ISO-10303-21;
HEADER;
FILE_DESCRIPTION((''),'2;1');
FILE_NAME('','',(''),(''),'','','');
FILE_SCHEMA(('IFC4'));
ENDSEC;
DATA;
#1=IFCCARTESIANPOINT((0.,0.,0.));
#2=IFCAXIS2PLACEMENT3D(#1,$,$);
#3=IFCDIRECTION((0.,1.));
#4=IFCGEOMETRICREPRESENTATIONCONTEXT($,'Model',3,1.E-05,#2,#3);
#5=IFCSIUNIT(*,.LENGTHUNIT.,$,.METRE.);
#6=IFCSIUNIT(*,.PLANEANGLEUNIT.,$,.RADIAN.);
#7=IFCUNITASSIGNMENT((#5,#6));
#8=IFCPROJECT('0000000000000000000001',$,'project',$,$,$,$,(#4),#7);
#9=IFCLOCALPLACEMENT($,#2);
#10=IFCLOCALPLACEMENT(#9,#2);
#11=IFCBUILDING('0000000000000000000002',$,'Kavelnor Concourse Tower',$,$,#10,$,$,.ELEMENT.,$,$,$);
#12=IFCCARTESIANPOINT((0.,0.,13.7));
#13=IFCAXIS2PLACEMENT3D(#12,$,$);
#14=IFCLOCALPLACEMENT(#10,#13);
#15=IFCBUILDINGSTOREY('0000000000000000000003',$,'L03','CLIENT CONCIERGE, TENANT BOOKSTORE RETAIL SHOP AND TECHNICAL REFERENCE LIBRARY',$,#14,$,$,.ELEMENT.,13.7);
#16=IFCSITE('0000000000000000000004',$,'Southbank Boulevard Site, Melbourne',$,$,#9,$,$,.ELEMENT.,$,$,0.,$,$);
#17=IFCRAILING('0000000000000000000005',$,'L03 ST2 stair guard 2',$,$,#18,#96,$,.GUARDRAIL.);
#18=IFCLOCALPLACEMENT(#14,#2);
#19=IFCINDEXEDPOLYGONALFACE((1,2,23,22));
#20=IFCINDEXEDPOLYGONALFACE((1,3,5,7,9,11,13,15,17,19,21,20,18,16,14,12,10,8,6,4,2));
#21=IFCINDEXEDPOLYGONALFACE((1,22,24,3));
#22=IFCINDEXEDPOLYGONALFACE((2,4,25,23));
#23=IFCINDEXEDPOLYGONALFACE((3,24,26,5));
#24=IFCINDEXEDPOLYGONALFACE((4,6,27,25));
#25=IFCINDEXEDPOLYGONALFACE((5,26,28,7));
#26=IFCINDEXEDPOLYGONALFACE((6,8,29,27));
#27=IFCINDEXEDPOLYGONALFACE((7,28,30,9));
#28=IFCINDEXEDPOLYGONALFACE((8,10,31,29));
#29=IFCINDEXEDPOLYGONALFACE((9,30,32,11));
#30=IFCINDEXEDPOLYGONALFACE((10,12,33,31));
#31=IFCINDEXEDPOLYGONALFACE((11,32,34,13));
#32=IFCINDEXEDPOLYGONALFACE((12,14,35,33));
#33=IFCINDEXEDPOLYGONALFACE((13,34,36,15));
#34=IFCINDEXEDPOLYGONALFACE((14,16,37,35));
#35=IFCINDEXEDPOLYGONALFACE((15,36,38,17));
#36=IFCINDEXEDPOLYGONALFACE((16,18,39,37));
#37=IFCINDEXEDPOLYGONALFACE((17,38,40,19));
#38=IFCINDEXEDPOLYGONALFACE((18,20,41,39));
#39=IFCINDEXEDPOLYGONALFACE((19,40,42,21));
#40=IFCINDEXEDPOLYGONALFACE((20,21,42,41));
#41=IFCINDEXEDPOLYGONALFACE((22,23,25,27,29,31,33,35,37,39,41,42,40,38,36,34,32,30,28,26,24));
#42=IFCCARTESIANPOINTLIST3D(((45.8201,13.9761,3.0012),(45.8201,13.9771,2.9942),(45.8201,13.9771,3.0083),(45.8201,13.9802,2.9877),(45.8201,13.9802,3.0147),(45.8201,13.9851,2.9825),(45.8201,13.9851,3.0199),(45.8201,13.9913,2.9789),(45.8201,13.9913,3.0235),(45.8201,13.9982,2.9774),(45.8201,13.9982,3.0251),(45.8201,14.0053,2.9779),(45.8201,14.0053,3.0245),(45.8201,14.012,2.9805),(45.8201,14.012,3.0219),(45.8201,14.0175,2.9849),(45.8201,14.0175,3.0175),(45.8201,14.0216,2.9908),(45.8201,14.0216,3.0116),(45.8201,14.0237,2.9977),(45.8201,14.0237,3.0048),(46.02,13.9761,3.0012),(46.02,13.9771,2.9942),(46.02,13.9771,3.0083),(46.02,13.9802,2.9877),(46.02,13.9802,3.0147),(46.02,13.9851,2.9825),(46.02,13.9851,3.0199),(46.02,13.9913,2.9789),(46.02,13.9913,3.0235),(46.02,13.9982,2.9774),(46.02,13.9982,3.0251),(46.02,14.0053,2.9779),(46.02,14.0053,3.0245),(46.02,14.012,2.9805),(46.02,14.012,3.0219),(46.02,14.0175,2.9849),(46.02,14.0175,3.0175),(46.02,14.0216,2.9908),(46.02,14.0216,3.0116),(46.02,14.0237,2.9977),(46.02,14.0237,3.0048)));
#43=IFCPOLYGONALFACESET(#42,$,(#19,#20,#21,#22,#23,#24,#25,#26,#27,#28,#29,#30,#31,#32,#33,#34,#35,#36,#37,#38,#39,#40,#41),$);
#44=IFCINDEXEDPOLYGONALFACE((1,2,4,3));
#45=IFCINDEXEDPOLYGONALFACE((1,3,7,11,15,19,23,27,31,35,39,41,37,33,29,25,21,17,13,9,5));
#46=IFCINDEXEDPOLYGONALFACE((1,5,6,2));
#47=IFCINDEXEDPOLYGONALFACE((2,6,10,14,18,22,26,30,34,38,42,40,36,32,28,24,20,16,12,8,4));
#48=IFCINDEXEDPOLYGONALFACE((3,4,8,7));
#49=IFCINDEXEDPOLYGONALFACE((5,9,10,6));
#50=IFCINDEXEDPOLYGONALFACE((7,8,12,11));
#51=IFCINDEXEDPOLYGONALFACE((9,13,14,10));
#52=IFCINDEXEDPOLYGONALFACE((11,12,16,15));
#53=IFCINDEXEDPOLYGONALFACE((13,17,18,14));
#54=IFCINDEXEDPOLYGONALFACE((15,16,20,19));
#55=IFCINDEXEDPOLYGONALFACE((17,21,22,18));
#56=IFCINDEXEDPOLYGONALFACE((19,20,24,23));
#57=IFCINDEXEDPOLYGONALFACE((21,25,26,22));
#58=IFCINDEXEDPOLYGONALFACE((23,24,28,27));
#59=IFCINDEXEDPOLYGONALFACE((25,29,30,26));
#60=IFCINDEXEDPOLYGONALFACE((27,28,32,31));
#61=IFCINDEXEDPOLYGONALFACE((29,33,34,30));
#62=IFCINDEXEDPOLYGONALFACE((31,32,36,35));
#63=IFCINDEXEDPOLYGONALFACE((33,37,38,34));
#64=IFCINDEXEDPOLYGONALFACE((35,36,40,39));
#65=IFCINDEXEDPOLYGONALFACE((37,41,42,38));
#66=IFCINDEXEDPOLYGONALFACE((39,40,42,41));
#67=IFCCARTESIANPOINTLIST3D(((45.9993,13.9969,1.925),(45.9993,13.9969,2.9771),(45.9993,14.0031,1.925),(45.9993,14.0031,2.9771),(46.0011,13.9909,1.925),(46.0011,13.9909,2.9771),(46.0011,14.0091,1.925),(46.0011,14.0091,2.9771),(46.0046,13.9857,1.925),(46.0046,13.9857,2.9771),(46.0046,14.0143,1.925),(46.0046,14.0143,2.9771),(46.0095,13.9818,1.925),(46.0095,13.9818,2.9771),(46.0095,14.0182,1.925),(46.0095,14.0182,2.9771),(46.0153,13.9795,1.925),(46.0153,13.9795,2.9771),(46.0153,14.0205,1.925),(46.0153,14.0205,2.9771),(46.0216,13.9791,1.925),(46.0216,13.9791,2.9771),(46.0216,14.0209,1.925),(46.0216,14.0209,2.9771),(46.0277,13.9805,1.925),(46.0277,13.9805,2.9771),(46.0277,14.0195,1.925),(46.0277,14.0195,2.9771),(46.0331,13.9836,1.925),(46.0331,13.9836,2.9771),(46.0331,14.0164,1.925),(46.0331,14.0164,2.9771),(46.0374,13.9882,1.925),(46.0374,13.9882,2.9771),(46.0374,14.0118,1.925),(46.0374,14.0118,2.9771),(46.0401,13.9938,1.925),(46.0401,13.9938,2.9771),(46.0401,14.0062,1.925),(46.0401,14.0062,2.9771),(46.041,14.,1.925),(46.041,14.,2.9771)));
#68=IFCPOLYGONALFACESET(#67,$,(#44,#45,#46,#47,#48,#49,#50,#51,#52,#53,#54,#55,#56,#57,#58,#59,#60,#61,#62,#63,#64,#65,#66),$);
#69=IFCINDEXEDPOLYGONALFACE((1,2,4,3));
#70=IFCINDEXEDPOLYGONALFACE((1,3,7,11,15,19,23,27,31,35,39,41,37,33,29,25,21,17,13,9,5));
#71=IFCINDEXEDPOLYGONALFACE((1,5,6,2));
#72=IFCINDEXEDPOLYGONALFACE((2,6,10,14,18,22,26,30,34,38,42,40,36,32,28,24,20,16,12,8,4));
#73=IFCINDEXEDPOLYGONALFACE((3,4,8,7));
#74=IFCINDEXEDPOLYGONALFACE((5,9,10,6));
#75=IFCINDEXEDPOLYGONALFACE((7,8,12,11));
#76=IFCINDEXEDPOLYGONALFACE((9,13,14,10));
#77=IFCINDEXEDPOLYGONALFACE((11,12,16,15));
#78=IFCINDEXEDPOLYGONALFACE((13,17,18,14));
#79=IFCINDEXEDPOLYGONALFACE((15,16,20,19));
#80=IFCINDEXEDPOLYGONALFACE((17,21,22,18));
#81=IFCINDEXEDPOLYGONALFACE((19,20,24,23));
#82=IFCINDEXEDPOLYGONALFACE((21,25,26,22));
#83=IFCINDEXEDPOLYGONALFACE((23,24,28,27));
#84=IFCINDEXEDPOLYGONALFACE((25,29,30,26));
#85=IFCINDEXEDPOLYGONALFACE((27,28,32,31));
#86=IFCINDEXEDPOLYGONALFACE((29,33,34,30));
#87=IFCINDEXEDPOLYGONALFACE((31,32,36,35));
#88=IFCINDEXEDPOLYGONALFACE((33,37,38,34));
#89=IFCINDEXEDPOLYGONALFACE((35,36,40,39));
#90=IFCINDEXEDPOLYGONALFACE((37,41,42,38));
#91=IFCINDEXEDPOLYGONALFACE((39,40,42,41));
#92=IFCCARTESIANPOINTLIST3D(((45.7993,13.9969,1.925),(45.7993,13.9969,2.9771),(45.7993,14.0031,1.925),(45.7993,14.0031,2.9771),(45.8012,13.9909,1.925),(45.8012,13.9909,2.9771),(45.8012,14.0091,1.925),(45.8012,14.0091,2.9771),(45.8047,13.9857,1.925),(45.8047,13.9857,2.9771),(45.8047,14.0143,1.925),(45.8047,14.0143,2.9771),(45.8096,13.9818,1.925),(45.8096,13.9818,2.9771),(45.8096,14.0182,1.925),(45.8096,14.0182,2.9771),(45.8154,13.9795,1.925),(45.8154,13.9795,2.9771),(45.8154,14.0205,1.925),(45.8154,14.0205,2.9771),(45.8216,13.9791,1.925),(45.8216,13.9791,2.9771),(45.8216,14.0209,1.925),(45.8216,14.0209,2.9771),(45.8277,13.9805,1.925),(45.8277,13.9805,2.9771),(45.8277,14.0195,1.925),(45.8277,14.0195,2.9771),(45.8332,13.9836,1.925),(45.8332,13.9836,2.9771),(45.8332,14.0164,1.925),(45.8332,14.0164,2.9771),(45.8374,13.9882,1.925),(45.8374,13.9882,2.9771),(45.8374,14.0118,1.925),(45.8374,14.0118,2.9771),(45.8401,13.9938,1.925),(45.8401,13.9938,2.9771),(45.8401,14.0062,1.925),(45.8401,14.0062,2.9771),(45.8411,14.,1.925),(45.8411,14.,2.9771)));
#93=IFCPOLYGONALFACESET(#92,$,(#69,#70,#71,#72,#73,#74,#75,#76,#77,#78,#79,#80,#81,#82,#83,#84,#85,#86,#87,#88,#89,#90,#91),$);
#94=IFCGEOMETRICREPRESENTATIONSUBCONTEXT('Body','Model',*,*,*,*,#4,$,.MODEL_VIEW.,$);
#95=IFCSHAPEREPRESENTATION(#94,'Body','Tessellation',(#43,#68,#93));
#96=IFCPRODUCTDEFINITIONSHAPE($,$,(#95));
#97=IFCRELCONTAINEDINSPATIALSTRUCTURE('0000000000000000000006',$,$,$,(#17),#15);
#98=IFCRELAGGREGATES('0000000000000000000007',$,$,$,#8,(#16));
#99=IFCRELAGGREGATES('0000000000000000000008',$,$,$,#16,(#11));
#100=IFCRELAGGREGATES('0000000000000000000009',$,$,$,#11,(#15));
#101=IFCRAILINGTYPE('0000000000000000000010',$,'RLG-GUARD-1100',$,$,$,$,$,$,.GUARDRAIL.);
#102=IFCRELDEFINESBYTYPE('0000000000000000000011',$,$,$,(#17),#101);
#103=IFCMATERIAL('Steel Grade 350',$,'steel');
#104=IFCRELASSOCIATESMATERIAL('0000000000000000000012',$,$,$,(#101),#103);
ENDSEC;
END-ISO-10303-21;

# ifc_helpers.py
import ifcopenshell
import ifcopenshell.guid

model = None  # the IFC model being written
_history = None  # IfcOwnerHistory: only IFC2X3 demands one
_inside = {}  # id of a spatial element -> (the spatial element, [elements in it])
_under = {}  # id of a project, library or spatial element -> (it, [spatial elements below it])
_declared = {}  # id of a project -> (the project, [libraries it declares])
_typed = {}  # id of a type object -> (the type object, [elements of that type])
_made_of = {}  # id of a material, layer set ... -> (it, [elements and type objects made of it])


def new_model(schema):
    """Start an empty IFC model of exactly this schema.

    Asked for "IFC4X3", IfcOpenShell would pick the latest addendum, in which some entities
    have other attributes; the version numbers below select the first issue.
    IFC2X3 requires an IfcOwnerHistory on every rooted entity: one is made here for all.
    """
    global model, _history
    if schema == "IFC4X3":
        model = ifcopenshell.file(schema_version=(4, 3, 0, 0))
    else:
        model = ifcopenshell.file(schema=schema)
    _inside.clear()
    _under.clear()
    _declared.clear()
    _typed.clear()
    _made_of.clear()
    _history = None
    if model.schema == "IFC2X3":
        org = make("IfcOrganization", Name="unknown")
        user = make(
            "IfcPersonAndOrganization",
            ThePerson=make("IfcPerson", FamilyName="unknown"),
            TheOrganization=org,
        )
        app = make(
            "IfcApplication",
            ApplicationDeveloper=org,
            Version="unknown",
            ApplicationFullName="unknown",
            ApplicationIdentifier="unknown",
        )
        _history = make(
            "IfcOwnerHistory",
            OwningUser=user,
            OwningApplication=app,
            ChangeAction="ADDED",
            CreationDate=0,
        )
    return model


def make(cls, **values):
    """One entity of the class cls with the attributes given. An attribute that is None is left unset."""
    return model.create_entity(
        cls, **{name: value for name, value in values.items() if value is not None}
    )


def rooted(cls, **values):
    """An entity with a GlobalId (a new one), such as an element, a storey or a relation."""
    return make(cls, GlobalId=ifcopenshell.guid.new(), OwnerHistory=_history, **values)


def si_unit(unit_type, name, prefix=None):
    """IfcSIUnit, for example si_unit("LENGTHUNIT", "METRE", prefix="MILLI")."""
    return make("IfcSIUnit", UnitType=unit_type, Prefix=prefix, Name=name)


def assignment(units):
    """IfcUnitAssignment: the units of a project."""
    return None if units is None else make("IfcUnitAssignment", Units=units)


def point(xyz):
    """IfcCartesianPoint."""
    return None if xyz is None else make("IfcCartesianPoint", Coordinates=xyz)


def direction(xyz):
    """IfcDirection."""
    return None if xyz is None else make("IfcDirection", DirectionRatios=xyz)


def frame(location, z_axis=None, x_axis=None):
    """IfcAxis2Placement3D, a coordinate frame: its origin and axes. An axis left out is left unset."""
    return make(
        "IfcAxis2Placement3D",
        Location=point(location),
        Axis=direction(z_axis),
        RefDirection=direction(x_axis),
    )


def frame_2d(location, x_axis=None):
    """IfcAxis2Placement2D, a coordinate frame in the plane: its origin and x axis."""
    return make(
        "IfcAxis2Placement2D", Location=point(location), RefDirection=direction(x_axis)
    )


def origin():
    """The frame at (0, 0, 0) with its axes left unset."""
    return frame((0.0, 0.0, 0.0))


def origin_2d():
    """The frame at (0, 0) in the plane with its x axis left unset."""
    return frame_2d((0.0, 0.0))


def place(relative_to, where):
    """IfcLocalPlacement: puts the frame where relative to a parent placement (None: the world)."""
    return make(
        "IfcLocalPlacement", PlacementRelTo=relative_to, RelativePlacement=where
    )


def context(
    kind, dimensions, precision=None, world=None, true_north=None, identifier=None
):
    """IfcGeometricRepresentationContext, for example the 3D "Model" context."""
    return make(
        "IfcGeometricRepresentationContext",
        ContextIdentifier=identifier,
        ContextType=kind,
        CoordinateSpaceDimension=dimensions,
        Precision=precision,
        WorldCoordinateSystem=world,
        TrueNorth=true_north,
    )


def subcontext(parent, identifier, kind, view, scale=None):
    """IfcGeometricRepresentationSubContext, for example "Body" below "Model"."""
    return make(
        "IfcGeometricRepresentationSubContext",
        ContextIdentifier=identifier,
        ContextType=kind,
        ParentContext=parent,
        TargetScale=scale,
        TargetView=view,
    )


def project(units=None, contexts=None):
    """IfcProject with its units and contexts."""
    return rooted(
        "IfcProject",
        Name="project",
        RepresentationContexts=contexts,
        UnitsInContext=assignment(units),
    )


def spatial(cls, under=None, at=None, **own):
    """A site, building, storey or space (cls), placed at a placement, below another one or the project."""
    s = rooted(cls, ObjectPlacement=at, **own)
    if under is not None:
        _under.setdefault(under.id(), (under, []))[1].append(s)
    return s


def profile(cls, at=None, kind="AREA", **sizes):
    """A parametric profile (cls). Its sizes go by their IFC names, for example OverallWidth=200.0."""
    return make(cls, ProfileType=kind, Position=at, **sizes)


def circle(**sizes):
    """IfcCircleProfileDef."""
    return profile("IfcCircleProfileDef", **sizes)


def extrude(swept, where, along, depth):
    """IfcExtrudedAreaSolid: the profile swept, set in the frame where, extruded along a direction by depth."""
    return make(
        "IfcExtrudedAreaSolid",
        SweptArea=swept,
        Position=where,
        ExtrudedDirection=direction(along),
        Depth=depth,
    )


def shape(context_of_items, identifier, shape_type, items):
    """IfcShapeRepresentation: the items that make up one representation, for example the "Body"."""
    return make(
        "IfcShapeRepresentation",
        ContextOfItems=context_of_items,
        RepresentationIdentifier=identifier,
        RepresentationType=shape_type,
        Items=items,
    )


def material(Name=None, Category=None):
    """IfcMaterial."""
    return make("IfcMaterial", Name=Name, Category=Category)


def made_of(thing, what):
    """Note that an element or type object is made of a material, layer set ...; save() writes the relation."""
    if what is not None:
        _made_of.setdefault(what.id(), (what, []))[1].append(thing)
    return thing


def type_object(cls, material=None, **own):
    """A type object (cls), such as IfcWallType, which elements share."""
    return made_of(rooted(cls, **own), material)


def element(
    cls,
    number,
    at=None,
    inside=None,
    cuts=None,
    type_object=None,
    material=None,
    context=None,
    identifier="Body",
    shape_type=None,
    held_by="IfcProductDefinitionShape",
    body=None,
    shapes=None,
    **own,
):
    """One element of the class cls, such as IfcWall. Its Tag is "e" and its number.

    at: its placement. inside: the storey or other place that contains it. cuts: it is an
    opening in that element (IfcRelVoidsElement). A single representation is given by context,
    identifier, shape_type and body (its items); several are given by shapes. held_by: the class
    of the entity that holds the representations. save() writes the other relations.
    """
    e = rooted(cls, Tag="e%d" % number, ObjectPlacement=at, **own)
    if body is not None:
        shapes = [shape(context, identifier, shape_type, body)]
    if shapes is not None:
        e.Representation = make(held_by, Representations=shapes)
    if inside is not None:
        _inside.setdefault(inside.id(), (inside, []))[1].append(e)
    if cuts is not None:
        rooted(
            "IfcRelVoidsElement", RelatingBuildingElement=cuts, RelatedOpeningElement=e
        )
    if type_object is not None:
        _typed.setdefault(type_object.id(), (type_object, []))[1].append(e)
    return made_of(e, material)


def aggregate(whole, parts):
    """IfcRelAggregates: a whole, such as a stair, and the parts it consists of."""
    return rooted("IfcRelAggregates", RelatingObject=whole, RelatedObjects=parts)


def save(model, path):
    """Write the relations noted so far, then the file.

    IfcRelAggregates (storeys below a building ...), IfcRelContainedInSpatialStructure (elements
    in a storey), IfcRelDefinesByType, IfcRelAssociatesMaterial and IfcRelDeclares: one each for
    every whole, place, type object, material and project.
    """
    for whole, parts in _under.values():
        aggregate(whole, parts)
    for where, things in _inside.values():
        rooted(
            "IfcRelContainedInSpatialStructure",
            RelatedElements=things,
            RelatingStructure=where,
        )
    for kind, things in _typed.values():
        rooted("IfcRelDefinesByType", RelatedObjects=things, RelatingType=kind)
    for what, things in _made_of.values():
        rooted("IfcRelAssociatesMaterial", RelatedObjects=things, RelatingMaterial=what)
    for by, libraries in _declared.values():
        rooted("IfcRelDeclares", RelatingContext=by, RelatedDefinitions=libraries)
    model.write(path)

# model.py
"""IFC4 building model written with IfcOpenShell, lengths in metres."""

from ifc_helpers import new_model, si_unit, direction, frame, origin, origin_2d, place, context, subcontext, project, spatial, circle, extrude, material, type_object, element, save


model = new_model("IFC4")

# Units and contexts
model_context = context("Model", 3, precision=1e-05, world=origin(), true_north=direction((0.0, 1.0)))
body_context = subcontext(model_context, "Body", "Model", "MODEL_VIEW")
ifc_project = project(units=[si_unit("LENGTHUNIT", "METRE"), si_unit("PLANEANGLEUNIT", "RADIAN")], contexts=[model_context])

# Site, building, storey
site_placement = place(None, origin())
site = spatial("IfcSite", under=ifc_project, at=site_placement, Name="Southbank Boulevard Site, Melbourne", CompositionType="ELEMENT", RefElevation=0.0)
building_placement = place(site_placement, origin())
building = spatial("IfcBuilding", under=site, at=building_placement, Name="Kavelnor Concourse Tower", CompositionType="ELEMENT")
storey_placement = place(building_placement, frame((0.0, 0.0, 13.7)))
storey = spatial("IfcBuildingStorey", under=building, at=storey_placement, Name="L03", Description="CLIENT CONCIERGE, TENANT BOOKSTORE RETAIL SHOP AND TECHNICAL REFERENCE LIBRARY", CompositionType="ELEMENT", Elevation=13.7)

# Shared definitions
ifc_material_1 = material(Name="Steel Grade 350", Category="steel")

# Railing
railing_type_1 = type_object("IfcRailingType", Name="RLG-GUARD-1100", PredefinedType="GUARDRAIL", material=ifc_material_1)
railing_1_placement = place(storey_placement, frame((46.02, 14.0, 1.925)))
element("IfcRailing", 1, at=railing_1_placement, inside=storey, type_object=railing_type_1, Name="L03 ST2 stair guard 2", PredefinedType="GUARDRAIL", context=body_context, shape_type="SweptSolid", body=[
    extrude(circle(Radius=0.0239, at=origin_2d()), frame((0.0, 0.0, 1.0762), z_axis=(-1.0, 0.0, 0.0), x_axis=(0.0, -1.0, 0.0)), (0.0, 0.0, 1.0), 0.2),
    extrude(circle(Radius=0.021, at=origin_2d()), origin(), (0.0, 0.0, 1.0), 1.052),
    extrude(circle(Radius=0.021, at=origin_2d()), frame((-0.2, 0.0, 0.0)), (0.0, 0.0, 1.0), 1.052),
])

save(model, "model.ifc")
